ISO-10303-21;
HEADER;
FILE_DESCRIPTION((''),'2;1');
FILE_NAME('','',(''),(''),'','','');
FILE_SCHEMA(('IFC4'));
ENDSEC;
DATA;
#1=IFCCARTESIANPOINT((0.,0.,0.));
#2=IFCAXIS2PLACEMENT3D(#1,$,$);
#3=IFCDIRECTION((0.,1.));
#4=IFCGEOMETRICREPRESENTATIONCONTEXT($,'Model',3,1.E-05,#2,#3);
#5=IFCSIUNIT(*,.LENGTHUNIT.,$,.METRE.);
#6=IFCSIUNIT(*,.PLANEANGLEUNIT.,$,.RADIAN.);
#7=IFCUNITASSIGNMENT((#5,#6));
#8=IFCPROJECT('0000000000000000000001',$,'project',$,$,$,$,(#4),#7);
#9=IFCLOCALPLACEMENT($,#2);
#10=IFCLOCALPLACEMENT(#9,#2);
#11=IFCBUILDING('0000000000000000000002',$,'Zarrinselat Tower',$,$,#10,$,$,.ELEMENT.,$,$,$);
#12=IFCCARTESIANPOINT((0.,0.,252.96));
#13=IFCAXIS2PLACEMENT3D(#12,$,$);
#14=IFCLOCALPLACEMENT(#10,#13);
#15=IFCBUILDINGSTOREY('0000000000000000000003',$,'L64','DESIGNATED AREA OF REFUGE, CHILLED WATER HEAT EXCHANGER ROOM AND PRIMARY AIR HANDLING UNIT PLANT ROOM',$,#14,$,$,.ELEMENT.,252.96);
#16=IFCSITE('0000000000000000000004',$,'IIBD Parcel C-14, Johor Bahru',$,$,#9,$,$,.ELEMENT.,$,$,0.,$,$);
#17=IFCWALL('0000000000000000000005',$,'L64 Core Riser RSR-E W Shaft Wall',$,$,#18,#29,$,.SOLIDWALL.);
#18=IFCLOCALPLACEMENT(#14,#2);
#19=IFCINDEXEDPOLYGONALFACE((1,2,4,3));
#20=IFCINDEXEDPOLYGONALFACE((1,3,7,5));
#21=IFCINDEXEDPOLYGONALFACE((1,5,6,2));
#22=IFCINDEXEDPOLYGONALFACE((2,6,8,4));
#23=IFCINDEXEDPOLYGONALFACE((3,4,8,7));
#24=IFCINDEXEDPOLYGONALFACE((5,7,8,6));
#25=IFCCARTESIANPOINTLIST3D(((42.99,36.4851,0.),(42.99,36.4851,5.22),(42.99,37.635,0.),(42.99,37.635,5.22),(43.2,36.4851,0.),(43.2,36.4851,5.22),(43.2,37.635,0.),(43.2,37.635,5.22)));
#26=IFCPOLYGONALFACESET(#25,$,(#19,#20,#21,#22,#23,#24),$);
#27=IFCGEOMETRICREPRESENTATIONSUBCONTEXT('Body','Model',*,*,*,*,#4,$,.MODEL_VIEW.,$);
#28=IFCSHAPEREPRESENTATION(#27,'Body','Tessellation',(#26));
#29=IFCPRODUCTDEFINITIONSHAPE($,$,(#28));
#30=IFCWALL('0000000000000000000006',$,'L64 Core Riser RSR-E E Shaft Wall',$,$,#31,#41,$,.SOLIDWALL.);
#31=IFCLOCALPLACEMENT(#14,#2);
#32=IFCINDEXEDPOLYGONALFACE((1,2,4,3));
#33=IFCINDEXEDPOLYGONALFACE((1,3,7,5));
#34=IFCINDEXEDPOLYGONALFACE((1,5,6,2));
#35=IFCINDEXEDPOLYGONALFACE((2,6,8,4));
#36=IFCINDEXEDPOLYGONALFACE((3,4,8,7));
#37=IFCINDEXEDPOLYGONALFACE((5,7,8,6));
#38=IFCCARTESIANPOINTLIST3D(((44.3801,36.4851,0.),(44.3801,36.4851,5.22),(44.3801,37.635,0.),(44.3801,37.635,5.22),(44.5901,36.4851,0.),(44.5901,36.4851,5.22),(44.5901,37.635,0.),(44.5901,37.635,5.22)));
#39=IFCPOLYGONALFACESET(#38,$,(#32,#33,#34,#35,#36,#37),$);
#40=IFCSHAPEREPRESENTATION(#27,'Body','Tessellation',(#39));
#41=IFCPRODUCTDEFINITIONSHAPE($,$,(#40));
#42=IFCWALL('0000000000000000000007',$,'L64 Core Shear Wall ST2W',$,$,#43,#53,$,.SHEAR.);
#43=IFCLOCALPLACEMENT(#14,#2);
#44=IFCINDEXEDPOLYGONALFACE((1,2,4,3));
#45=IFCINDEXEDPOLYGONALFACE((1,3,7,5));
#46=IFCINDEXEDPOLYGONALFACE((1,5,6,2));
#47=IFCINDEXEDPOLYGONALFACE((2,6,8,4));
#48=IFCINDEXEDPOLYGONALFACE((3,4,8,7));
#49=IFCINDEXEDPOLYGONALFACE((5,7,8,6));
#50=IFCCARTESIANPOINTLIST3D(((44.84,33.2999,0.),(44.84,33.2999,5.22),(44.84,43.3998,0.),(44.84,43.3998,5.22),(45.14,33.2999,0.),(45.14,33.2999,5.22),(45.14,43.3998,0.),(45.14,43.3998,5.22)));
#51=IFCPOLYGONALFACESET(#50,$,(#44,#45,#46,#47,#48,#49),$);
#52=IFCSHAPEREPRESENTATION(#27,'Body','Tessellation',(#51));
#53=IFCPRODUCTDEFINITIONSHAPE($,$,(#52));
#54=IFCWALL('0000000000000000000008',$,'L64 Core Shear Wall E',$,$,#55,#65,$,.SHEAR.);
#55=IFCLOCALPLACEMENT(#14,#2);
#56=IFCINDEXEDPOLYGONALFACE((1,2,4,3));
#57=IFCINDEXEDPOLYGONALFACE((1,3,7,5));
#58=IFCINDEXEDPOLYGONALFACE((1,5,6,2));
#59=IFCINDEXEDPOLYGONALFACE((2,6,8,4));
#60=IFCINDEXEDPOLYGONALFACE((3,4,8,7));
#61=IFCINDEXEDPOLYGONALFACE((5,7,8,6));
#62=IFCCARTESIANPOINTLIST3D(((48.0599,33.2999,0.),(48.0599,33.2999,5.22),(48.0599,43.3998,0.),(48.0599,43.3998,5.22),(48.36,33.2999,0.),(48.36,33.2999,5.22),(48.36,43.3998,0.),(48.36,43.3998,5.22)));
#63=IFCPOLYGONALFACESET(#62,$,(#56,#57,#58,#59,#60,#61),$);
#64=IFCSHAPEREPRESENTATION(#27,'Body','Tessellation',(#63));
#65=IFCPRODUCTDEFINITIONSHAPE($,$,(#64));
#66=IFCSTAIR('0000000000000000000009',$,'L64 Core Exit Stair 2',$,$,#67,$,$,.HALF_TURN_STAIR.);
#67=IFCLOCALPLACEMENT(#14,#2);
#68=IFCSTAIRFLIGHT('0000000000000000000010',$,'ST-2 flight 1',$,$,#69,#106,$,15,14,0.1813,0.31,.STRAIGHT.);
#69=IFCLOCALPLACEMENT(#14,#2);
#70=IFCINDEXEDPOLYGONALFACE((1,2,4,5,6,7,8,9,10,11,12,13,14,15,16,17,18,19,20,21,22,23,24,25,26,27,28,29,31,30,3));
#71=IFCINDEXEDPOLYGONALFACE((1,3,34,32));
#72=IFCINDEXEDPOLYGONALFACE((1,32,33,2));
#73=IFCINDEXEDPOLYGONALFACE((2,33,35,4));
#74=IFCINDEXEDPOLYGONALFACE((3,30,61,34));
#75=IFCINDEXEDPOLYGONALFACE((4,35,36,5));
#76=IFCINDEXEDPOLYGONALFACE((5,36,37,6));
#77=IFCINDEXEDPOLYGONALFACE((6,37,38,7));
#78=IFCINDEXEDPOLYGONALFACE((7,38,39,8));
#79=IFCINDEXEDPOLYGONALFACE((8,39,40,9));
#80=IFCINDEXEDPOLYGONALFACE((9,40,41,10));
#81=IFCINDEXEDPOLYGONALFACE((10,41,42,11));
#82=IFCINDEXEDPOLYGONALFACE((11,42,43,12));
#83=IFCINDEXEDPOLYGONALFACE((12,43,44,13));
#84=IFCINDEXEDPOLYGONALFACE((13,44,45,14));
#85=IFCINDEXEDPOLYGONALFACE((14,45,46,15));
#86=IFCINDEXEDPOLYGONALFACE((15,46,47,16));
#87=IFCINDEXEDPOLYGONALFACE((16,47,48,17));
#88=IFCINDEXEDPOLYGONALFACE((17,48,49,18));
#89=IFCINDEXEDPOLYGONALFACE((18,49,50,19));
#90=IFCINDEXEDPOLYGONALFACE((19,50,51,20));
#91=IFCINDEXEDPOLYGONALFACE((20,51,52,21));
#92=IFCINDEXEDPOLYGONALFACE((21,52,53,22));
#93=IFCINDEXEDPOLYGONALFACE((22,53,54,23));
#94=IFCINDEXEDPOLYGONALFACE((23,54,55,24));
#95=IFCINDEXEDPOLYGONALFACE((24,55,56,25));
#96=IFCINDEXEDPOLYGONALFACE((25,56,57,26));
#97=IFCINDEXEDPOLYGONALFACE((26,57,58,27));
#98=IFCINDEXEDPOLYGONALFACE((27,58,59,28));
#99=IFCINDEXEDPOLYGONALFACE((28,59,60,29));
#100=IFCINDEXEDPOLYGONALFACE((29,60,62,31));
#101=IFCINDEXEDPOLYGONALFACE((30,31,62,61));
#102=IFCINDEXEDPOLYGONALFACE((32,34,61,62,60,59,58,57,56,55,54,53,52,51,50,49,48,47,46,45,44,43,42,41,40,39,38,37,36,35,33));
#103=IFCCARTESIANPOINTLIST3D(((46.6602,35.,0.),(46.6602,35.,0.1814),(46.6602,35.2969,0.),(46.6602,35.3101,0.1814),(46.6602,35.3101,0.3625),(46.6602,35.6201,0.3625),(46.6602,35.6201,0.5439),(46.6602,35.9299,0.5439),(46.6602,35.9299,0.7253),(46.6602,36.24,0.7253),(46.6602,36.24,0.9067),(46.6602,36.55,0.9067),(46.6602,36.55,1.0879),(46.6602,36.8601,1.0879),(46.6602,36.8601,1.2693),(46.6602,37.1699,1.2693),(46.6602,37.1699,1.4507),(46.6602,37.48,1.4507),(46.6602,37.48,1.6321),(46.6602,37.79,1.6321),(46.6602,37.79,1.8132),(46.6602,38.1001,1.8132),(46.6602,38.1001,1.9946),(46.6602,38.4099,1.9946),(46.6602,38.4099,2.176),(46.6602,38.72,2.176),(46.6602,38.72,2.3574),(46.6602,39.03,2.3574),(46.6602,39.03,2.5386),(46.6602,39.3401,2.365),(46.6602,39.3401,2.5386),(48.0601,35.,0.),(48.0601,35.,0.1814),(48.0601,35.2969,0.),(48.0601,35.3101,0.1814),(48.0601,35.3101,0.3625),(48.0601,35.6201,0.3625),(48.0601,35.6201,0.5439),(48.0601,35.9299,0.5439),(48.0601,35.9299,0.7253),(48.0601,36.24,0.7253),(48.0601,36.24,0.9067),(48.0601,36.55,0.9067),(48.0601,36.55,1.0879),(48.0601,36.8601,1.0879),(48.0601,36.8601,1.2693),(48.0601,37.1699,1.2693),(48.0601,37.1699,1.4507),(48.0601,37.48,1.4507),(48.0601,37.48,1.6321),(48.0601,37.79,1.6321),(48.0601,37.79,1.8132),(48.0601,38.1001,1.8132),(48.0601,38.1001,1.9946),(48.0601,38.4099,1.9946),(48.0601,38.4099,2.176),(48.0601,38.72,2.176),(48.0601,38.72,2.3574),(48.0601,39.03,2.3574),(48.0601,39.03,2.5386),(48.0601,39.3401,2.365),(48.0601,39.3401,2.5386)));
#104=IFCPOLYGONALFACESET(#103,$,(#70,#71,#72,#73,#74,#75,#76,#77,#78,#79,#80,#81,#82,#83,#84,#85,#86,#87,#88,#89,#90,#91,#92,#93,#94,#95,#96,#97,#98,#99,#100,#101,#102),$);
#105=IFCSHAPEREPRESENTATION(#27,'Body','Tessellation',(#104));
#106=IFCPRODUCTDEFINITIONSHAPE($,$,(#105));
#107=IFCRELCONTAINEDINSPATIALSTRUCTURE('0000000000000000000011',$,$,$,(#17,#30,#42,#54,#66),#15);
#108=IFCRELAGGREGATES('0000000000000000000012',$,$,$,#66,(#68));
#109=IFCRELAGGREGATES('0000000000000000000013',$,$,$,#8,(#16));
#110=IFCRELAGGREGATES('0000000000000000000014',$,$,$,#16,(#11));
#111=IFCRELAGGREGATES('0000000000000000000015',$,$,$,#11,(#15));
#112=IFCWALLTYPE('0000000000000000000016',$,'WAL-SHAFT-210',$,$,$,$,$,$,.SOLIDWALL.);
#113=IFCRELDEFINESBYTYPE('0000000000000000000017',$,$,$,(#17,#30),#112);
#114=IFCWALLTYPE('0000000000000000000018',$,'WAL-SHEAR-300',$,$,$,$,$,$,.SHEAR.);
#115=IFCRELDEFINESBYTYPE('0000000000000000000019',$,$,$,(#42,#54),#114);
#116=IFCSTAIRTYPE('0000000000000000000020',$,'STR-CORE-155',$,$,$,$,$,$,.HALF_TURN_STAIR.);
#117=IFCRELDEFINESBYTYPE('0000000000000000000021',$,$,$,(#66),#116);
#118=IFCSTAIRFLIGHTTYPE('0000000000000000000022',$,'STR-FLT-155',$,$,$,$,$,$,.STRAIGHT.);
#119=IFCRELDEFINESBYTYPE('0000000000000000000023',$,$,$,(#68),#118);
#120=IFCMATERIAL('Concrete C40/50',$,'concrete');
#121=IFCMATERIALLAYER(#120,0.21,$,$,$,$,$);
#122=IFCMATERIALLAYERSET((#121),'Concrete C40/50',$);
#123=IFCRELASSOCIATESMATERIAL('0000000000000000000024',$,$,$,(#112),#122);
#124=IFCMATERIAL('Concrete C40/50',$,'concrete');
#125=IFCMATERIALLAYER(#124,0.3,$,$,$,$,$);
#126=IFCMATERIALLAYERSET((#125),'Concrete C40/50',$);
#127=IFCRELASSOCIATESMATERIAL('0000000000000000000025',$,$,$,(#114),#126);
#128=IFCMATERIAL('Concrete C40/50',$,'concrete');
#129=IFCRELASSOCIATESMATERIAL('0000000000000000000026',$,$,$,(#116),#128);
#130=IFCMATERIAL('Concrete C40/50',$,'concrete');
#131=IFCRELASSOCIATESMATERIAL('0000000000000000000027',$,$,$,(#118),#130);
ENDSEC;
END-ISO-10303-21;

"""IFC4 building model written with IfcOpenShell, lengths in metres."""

from ifc_helpers import new_model, si_unit, direction, frame, frame_2d, origin, place, context, subcontext, project, spatial, polyline, rectangle, outline, extrude, material, layer, layer_set, type_object, element, aggregate, save


model = new_model("IFC4")

# Units and contexts
model_context = context("Model", 3, precision=1e-05, world=origin(), true_north=direction((0.0, 1.0)))
body_context = subcontext(model_context, "Body", "Model", "MODEL_VIEW")
ifc_project = project(units=[si_unit("LENGTHUNIT", "METRE"), si_unit("PLANEANGLEUNIT", "RADIAN")], contexts=[model_context])

# Site, building, storey
site_placement = place(None, origin())
site = spatial("IfcSite", under=ifc_project, at=site_placement, Name="IIBD Parcel C-14, Johor Bahru", CompositionType="ELEMENT", RefElevation=0.0)
building_placement = place(site_placement, origin())
building = spatial("IfcBuilding", under=site, at=building_placement, Name="Zarrinselat Tower", CompositionType="ELEMENT")
storey_placement = place(building_placement, frame((0.0, 0.0, 252.96)))
storey = spatial("IfcBuildingStorey", under=building, at=storey_placement, Name="L64", Description="DESIGNATED AREA OF REFUGE, CHILLED WATER HEAT EXCHANGER ROOM AND PRIMARY AIR HANDLING UNIT PLANT ROOM", CompositionType="ELEMENT", Elevation=252.96)

# Walls
ifc_material_1 = material(Name="Concrete C40/50", Category="concrete")
ifc_layer_1 = layer(ifc_material_1, 0.21)
ifc_layer_set_1 = layer_set([ifc_layer_1], Name="Concrete C40/50")
wall_type_1 = type_object("IfcWallType", Name="WAL-SHAFT-210", PredefinedType="SOLIDWALL", material=ifc_layer_set_1)
for number, where, z_axis, x_axis, name in (
    (1, (43.095, 36.4851, 0.0), (0.0, 0.0, 1.0), (0.0, 1.0, 0.0), "L64 Core Riser RSR-E W Shaft Wall"),
    (2, (44.4851, 36.4851, 0.0), (0.0, 0.0, 1.0), (0.0, 1.0, 0.0), "L64 Core Riser RSR-E E Shaft Wall"),
):
    element("IfcWall", number, at=place(storey_placement, frame(where, z_axis=z_axis, x_axis=x_axis)), inside=storey, type_object=wall_type_1, Name=name, PredefinedType="SOLIDWALL", context=body_context, shape_type="SweptSolid", body=[
        extrude(rectangle(XDim=1.1499, YDim=0.21, at=frame_2d((0.575, 0.0))), origin(), (0.0, 0.0, 1.0), 5.22),
    ])
ifc_material_2 = material(Name="Concrete C40/50", Category="concrete")
ifc_layer_2 = layer(ifc_material_2, 0.3)
ifc_layer_set_2 = layer_set([ifc_layer_2], Name="Concrete C40/50")
wall_type_2 = type_object("IfcWallType", Name="WAL-SHEAR-300", PredefinedType="SHEAR", material=ifc_layer_set_2)
for number, where, z_axis, x_axis, name in (
    (3, (44.99, 33.3, 0.0), (0.0, 0.0, 1.0), (0.0, 1.0, 0.0), "L64 Core Shear Wall ST2W"),
    (4, (48.21, 33.3, 0.0), (0.0, 0.0, 1.0), (0.0, 1.0, 0.0), "L64 Core Shear Wall E"),
):
    element("IfcWall", number, at=place(storey_placement, frame(where, z_axis=z_axis, x_axis=x_axis)), inside=storey, type_object=wall_type_2, Name=name, PredefinedType="SHEAR", context=body_context, shape_type="SweptSolid", body=[
        extrude(rectangle(XDim=10.0999, YDim=0.3, at=frame_2d((5.0498, 0.0))), origin(), (0.0, 0.0, 1.0), 5.22),
    ])

# Stair, stair flight
ifc_material_3 = material(Name="Concrete C40/50", Category="concrete")
stair_type = type_object("IfcStairType", Name="STR-CORE-155", PredefinedType="HALF_TURN_STAIR", material=ifc_material_3)
stair_placement = place(storey_placement, origin())
stair = element("IfcStair", 5, at=stair_placement, inside=storey, type_object=stair_type, Name="L64 Core Exit Stair 2", PredefinedType="HALF_TURN_STAIR")
ifc_material_4 = material(Name="Concrete C40/50", Category="concrete")
stair_flight_type = type_object("IfcStairFlightType", Name="STR-FLT-155", PredefinedType="STRAIGHT", material=ifc_material_4)
stair_flight_placement = place(storey_placement, frame((47.3601, 35.0, 0.0), z_axis=(0.0, 0.0, 1.0), x_axis=(0.0, 1.0, 0.0)))
stair_flight = element("IfcStairFlight", 6, at=stair_flight_placement, type_object=stair_flight_type, Name="ST-2 flight 1", NumberOfRisers=15, NumberOfTreads=14, PredefinedType="STRAIGHT", RiserHeight=0.1813, TreadLength=0.31, context=body_context, shape_type="SweptSolid", body=[
    extrude(outline(polyline([(0.0, 0.0), (0.0, 0.1814), (0.3101, 0.1814), (0.3101, 0.3625), (0.6201, 0.3625), (0.6201, 0.5439), (0.9299, 0.5439), (0.9299, 0.7253), (1.24, 0.7253), (1.24, 0.9067), (1.55, 0.9067), (1.55, 1.0879), (1.8601, 1.0879), (1.8601, 1.2693), (2.1699, 1.2693), (2.1699, 1.4507), (2.48, 1.4507), (2.48, 1.6321), (2.79, 1.6321), (2.79, 1.8132), (3.1001, 1.8132), (3.1001, 1.9946), (3.4099, 1.9946), (3.4099, 2.176), (3.72, 2.176), (3.72, 2.3574), (4.03, 2.3574), (4.03, 2.5386), (4.3401, 2.5386), (4.3401, 2.72), (4.3401, 2.365), (0.2969, 0.0), (0.0, 0.0)])), frame((0.0, 0.7, 0.0), z_axis=(0.0, -1.0, 0.0), x_axis=(1.0, 0.0, 0.0)), (0.0, 0.0, 1.0), 1.3999),
])
aggregate(stair, [stair_flight])

save(model, "model.ifc")
